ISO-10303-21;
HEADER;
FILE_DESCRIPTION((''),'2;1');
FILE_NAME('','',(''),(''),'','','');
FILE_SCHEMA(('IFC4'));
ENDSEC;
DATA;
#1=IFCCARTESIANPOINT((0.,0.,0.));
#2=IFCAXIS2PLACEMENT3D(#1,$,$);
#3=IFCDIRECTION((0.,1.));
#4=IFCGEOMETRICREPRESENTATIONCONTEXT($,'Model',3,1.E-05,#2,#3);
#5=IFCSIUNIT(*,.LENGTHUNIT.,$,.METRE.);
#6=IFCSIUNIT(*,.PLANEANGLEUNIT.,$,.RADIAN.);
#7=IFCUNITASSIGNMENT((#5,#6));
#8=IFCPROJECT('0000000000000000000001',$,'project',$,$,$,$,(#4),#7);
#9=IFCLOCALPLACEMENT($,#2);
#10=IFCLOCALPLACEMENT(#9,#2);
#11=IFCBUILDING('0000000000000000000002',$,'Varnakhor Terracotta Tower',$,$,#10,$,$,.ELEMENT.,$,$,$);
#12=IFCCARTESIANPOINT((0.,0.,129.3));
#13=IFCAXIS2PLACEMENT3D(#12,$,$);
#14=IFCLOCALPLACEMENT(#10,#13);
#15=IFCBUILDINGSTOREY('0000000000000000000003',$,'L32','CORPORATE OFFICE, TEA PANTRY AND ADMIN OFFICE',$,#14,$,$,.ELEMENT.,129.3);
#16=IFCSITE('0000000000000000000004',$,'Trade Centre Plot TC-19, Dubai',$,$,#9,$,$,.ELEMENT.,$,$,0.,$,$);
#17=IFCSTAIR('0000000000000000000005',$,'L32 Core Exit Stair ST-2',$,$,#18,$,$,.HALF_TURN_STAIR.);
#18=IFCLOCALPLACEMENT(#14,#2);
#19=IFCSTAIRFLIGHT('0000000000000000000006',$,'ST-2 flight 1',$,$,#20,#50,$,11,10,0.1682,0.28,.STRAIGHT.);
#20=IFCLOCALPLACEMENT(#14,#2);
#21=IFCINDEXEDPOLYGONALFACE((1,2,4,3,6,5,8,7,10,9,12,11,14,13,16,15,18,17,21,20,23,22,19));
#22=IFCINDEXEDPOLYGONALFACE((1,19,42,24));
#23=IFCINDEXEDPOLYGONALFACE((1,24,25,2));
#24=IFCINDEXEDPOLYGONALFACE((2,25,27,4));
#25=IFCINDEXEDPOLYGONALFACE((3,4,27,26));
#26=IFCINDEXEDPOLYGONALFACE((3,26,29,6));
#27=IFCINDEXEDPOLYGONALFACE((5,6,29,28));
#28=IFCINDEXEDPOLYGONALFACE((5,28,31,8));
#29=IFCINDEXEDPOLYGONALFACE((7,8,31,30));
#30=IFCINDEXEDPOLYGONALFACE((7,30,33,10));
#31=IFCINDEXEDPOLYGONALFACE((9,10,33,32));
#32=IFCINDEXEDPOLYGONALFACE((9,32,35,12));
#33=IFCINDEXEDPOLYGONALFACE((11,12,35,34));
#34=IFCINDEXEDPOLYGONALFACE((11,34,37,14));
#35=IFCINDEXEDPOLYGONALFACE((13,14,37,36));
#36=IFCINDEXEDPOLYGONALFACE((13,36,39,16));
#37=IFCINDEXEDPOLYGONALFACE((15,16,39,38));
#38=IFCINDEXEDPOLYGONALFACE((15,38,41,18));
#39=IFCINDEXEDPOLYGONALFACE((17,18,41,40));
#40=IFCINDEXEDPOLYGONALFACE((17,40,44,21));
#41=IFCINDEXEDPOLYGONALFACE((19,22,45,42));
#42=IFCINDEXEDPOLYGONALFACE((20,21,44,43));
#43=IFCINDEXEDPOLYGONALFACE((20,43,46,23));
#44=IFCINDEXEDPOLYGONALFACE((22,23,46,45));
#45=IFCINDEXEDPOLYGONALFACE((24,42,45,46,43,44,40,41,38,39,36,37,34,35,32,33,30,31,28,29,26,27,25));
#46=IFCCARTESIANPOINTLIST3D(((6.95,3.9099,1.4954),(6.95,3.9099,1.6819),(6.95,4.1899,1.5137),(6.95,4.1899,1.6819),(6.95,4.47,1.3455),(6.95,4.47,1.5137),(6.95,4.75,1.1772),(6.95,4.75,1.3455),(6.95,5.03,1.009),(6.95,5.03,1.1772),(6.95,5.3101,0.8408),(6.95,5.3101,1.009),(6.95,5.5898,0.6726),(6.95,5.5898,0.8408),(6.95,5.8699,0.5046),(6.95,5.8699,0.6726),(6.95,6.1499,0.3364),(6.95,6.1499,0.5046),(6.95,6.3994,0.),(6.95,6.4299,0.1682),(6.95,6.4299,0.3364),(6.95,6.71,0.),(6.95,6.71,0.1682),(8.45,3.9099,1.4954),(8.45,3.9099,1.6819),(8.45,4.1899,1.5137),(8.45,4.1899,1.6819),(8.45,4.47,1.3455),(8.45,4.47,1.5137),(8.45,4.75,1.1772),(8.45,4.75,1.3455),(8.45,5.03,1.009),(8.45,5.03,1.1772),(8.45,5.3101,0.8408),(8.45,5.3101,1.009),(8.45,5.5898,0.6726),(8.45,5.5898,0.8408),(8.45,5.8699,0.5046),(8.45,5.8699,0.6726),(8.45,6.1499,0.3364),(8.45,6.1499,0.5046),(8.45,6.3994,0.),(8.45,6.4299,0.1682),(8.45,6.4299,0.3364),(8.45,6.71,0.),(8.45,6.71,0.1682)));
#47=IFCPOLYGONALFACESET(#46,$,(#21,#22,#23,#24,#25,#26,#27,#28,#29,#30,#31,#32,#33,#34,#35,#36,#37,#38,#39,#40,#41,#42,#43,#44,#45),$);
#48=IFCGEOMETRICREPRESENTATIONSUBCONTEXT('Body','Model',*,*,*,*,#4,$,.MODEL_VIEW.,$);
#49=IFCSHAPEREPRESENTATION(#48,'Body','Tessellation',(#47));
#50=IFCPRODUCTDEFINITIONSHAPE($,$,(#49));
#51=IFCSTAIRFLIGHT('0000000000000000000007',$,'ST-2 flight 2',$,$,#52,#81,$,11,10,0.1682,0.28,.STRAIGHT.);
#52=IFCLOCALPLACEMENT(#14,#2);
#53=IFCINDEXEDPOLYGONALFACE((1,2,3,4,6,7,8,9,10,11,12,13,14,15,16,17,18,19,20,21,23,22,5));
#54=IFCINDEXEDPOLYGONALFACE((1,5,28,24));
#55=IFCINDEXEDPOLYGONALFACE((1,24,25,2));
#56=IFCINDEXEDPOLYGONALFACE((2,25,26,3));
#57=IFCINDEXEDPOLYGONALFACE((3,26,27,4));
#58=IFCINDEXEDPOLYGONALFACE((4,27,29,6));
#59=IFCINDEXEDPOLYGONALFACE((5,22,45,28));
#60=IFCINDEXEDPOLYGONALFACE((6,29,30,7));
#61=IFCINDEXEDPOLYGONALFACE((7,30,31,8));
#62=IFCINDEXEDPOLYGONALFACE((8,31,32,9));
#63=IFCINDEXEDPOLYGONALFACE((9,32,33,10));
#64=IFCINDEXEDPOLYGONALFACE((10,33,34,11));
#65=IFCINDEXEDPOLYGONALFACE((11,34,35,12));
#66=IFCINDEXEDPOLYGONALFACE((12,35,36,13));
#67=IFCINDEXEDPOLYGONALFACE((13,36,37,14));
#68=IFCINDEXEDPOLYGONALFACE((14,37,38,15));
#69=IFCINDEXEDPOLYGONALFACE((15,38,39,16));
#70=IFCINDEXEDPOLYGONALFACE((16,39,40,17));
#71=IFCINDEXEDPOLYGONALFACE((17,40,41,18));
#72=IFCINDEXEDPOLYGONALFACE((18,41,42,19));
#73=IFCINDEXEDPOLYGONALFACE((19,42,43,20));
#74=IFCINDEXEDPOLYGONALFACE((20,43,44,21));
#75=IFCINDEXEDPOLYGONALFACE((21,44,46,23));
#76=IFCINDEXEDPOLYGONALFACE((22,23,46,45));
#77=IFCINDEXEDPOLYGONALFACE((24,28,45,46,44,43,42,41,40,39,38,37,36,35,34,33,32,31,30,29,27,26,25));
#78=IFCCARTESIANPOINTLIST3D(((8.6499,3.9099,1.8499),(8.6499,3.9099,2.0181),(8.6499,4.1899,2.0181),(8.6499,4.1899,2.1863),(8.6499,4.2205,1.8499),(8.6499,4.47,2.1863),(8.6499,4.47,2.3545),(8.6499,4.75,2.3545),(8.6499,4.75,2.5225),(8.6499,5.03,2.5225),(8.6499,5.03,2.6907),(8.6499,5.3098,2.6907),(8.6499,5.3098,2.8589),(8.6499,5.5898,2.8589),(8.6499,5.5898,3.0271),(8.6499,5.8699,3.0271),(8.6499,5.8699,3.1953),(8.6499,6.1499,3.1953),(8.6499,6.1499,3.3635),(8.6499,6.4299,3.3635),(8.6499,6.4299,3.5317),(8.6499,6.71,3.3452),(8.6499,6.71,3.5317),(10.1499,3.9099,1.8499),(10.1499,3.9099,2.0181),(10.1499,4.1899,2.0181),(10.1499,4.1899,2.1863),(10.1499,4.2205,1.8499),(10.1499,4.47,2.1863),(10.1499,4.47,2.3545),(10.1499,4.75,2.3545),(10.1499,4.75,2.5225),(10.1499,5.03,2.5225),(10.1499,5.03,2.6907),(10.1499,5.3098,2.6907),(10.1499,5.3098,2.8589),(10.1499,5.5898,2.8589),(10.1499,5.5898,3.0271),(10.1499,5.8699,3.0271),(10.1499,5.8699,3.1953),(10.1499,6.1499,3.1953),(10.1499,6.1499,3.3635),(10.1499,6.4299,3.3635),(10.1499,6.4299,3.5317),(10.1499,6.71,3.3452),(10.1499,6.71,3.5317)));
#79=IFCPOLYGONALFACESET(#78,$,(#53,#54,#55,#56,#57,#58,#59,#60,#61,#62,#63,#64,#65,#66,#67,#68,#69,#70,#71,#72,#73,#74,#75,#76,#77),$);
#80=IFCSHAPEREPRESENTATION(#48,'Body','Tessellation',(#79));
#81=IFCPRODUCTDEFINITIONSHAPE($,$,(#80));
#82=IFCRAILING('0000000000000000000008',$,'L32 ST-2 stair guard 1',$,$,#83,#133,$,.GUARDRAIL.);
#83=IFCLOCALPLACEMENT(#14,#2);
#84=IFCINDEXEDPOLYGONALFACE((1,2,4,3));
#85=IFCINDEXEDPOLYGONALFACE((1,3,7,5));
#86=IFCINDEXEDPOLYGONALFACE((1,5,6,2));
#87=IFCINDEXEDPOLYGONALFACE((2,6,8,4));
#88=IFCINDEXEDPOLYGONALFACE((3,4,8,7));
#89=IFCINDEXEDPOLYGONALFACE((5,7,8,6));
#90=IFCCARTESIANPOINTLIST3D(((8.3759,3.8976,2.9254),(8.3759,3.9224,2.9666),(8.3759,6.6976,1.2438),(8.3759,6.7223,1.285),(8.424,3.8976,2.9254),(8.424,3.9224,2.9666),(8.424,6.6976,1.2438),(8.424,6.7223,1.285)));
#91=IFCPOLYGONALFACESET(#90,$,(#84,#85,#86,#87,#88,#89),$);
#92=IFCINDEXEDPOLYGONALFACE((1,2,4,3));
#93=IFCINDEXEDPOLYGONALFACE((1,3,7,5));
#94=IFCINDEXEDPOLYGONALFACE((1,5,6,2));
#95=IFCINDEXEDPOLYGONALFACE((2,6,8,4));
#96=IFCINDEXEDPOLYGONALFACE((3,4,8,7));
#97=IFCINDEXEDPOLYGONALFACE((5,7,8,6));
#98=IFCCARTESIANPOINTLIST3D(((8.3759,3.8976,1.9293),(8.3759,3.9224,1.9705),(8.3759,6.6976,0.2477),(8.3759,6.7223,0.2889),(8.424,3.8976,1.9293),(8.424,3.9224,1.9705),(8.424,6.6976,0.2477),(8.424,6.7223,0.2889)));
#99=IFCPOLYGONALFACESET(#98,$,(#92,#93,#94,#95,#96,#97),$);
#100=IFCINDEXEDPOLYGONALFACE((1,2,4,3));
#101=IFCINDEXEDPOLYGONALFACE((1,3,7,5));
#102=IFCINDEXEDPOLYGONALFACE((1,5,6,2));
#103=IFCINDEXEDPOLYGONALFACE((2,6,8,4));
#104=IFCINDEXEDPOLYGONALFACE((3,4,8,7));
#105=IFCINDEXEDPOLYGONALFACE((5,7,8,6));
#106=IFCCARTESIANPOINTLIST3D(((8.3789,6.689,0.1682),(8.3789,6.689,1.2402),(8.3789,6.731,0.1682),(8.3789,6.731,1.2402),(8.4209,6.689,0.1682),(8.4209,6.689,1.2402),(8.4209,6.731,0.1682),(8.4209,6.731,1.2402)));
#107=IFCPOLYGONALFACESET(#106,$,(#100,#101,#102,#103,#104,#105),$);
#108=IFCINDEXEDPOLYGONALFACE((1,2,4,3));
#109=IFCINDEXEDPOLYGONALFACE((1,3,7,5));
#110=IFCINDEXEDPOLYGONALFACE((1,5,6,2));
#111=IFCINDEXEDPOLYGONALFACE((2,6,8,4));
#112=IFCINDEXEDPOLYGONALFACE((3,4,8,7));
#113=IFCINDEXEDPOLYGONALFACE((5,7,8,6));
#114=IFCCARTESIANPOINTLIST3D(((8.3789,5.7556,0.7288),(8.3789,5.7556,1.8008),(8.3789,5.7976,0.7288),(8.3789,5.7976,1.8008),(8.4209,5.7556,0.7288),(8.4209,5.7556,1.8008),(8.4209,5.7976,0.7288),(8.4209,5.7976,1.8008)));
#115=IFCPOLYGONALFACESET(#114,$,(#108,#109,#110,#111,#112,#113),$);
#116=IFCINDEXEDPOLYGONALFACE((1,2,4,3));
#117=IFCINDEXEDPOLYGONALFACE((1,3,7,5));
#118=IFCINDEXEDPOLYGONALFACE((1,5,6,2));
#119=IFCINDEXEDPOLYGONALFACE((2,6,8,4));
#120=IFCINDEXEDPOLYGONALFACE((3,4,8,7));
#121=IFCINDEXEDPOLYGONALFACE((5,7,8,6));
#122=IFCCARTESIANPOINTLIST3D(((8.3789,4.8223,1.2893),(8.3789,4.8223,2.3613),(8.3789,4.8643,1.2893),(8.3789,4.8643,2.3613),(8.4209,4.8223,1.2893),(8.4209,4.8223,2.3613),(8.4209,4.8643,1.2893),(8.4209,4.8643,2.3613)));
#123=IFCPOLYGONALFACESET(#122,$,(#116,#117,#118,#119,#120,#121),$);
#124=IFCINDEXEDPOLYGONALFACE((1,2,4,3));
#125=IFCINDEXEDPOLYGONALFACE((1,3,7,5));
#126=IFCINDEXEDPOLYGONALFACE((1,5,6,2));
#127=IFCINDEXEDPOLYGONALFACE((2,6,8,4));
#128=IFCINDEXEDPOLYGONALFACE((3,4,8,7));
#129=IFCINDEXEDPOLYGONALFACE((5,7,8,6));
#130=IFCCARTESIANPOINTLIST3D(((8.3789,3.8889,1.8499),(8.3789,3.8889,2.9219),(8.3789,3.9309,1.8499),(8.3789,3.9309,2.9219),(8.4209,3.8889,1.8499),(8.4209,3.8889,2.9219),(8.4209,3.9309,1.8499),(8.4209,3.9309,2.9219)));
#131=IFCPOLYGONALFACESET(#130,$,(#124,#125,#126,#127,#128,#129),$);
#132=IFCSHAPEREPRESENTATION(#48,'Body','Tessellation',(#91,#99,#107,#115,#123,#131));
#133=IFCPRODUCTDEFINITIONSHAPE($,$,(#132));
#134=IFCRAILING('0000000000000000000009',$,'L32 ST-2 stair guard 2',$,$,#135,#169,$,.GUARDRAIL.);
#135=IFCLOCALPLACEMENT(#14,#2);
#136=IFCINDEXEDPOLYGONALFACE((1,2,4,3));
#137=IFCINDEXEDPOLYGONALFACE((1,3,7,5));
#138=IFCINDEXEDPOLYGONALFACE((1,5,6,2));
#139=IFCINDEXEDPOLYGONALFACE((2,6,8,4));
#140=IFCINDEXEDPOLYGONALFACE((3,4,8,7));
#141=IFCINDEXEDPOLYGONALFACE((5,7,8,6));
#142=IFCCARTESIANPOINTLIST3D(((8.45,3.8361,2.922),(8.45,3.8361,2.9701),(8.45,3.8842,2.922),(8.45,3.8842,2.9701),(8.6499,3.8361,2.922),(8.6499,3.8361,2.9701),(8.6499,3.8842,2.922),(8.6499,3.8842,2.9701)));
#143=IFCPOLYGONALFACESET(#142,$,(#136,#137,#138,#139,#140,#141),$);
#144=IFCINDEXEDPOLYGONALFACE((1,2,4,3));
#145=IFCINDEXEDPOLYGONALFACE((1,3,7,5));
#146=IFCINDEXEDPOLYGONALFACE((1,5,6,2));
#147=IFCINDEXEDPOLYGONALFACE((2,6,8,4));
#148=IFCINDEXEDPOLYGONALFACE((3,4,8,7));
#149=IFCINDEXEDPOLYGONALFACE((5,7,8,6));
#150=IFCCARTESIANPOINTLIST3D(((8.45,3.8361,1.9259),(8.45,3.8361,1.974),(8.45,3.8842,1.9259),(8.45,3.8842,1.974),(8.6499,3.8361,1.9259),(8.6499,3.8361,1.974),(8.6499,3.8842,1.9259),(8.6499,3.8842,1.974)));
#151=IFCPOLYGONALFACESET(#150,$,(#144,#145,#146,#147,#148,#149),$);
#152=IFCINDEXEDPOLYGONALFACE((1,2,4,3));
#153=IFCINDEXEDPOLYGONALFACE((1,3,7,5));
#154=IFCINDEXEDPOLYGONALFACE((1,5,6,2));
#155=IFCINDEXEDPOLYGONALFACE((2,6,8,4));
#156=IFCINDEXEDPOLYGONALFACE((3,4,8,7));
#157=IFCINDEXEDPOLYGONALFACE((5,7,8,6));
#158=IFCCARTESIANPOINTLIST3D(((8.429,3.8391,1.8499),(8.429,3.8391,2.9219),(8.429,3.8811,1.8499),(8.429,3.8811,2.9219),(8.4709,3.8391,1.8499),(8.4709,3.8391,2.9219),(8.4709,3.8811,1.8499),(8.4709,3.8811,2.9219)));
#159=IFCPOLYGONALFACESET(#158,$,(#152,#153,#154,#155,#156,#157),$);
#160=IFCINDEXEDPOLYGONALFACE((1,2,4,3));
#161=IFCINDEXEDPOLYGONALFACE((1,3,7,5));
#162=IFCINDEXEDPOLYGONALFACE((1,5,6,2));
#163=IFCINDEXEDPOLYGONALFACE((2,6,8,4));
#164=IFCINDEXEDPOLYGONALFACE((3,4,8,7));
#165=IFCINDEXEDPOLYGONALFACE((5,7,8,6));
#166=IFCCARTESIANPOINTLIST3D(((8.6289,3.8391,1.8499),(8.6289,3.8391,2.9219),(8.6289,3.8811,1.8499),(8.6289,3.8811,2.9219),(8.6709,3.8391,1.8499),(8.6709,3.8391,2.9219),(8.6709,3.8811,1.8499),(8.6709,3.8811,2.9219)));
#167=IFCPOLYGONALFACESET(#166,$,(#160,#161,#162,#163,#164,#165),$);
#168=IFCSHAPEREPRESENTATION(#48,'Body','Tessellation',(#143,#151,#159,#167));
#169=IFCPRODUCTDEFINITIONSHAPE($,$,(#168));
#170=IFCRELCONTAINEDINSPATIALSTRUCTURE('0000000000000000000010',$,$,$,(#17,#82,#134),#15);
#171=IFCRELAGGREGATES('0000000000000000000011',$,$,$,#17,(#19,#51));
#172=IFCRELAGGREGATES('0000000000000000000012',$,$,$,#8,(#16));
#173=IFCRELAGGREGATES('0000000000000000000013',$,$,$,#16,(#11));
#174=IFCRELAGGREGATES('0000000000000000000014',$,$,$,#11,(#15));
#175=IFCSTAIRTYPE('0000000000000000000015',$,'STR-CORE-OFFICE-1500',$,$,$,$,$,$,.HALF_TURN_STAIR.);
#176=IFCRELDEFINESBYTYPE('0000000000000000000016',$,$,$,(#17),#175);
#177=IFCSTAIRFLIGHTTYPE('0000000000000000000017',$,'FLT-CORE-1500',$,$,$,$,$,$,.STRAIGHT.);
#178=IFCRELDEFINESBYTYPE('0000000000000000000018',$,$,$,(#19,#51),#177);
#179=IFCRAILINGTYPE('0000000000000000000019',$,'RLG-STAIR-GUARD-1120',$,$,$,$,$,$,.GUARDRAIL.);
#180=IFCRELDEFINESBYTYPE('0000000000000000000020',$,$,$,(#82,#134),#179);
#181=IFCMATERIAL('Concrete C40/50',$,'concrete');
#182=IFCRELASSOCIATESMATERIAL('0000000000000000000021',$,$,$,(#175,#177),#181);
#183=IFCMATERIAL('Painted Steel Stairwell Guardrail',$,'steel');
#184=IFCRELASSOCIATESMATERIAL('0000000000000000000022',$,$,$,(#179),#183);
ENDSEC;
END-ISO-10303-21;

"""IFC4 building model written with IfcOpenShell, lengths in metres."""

from ifc_helpers import new_model, si_unit, direction, frame, origin, origin_2d, place, context, subcontext, project, spatial, polyline, rectangle, outline, extrude, material, type_object, element, aggregate, save


model = new_model("IFC4")

# Units and contexts
model_context = context("Model", 3, precision=1e-05, world=origin(), true_north=direction((0.0, 1.0)))
body_context = subcontext(model_context, "Body", "Model", "MODEL_VIEW")
ifc_project = project(units=[si_unit("LENGTHUNIT", "METRE"), si_unit("PLANEANGLEUNIT", "RADIAN")], contexts=[model_context])

# Site, building, storey
site_placement = place(None, origin())
site = spatial("IfcSite", under=ifc_project, at=site_placement, Name="Trade Centre Plot TC-19, Dubai", CompositionType="ELEMENT", RefElevation=0.0)
building_placement = place(site_placement, origin())
building = spatial("IfcBuilding", under=site, at=building_placement, Name="Varnakhor Terracotta Tower", CompositionType="ELEMENT")
storey_placement = place(building_placement, frame((0.0, 0.0, 129.3)))
storey = spatial("IfcBuildingStorey", under=building, at=storey_placement, Name="L32", Description="CORPORATE OFFICE, TEA PANTRY AND ADMIN OFFICE", CompositionType="ELEMENT", Elevation=129.3)

# Stair
ifc_material_1 = material(Name="Concrete C40/50", Category="concrete")
stair_type = type_object("IfcStairType", Name="STR-CORE-OFFICE-1500", PredefinedType="HALF_TURN_STAIR", material=ifc_material_1)
stair_1_placement = place(storey_placement, origin())
stair_1 = element("IfcStair", 1, at=stair_1_placement, inside=storey, type_object=stair_type, Name="L32 Core Exit Stair ST-2", PredefinedType="HALF_TURN_STAIR")

# Stair flights
stair_flight_type = type_object("IfcStairFlightType", Name="FLT-CORE-1500", PredefinedType="STRAIGHT", material=ifc_material_1)
stair_flight_1_placement = place(storey_placement, frame((7.7, 6.71, 0.0), z_axis=(0.0, 0.0, 1.0), x_axis=(0.0, -1.0, 0.0)))
stair_flight_1 = element("IfcStairFlight", 2, at=stair_flight_1_placement, type_object=stair_flight_type, Name="ST-2 flight 1", NumberOfRisers=11, NumberOfTreads=10, PredefinedType="STRAIGHT", RiserHeight=0.1682, TreadLength=0.28, context=body_context, shape_type="SweptSolid", body=[
    extrude(outline(polyline([(0.0, 0.0), (0.0, 0.1682), (0.28, 0.1682), (0.28, 0.3364), (0.5601, 0.3364), (0.5601, 0.5046), (0.8401, 0.5046), (0.8401, 0.6726), (1.1201, 0.6726), (1.1201, 0.8408), (1.3999, 0.8408), (1.3999, 1.009), (1.6799, 1.009), (1.6799, 1.1772), (1.96, 1.1772), (1.96, 1.3455), (2.24, 1.3455), (2.24, 1.5137), (2.52, 1.5137), (2.52, 1.6819), (2.8, 1.6819), (2.8, 1.8501), (2.8, 1.4954), (0.3105, 0.0), (0.0, 0.0)])), frame((0.0, 0.75, 0.0), z_axis=(0.0, -1.0, 0.0), x_axis=(1.0, 0.0, 0.0)), (0.0, 0.0, 1.0), 1.5),
])
stair_flight_2_placement = place(storey_placement, frame((9.3999, 3.9099, 1.8499), z_axis=(0.0, 0.0, 1.0), x_axis=(0.0, 1.0, 0.0)))
stair_flight_2 = element("IfcStairFlight", 3, at=stair_flight_2_placement, type_object=stair_flight_type, Name="ST-2 flight 2", NumberOfRisers=11, NumberOfTreads=10, PredefinedType="STRAIGHT", RiserHeight=0.1682, TreadLength=0.28, context=body_context, shape_type="SweptSolid", body=[
    extrude(outline(polyline([(0.0, 0.0), (0.0, 0.1682), (0.28, 0.1682), (0.28, 0.3364), (0.5601, 0.3364), (0.5601, 0.5046), (0.8401, 0.5046), (0.8401, 0.6726), (1.1201, 0.6726), (1.1201, 0.8408), (1.3999, 0.8408), (1.3999, 1.009), (1.6799, 1.009), (1.6799, 1.1772), (1.96, 1.1772), (1.96, 1.3455), (2.24, 1.3455), (2.24, 1.5137), (2.52, 1.5137), (2.52, 1.6819), (2.8, 1.6819), (2.8, 1.8501), (2.8, 1.4954), (0.3105, 0.0), (0.0, 0.0)])), frame((0.0, 0.75, 0.0), z_axis=(0.0, -1.0, 0.0), x_axis=(1.0, 0.0, 0.0)), (0.0, 0.0, 1.0), 1.5),
])
aggregate(stair_1, [stair_flight_1, stair_flight_2])

# Railings
ifc_material_2 = material(Name="Painted Steel Stairwell Guardrail", Category="steel")
railing_type_1 = type_object("IfcRailingType", Name="RLG-STAIR-GUARD-1120", PredefinedType="GUARDRAIL", material=ifc_material_2)
railing_1_placement = place(storey_placement, frame((8.3999, 6.71, 0.1682)))
element("IfcRailing", 4, at=railing_1_placement, inside=storey, type_object=railing_type_1, Name="L32 ST-2 stair guard 1", PredefinedType="GUARDRAIL", context=body_context, shape_type="SweptSolid", body=[
    extrude(rectangle(XDim=0.0481, YDim=0.0481, at=origin_2d()), frame((0.0, 0.0, 1.0962), z_axis=(0.0, -0.857275, 0.514858), x_axis=(1.0, 0.0, 0.0)), (0.0, 0.0, 1.0), 3.2661),
    extrude(rectangle(XDim=0.0481, YDim=0.0481, at=origin_2d()), frame((0.0, 0.0, 0.1001), z_axis=(0.0, -0.857275, 0.514858), x_axis=(1.0, 0.0, 0.0)), (0.0, 0.0, 1.0), 3.2661),
    extrude(rectangle(XDim=0.042, YDim=0.042, at=origin_2d()), origin(), (0.0, 0.0, 1.0), 1.072),
    extrude(rectangle(XDim=0.042, YDim=0.042, at=origin_2d()), frame((0.0, -0.9333, 0.5605)), (0.0, 0.0, 1.0), 1.072),
    extrude(rectangle(XDim=0.042, YDim=0.042, at=origin_2d()), frame((0.0, -1.8667, 1.1211)), (0.0, 0.0, 1.0), 1.072),
    extrude(rectangle(XDim=0.042, YDim=0.042, at=origin_2d()), frame((0.0, -2.8, 1.6816)), (0.0, 0.0, 1.0), 1.072),
])
railing_2_placement = place(storey_placement, frame((8.45, 3.8601, 1.8499)))
element("IfcRailing", 5, at=railing_2_placement, inside=storey, type_object=railing_type_1, Name="L32 ST-2 stair guard 2", PredefinedType="GUARDRAIL", context=body_context, shape_type="SweptSolid", body=[
    extrude(rectangle(XDim=0.0481, YDim=0.0481, at=origin_2d()), frame((0.0, 0.0, 1.0962), z_axis=(1.0, 0.0, 0.0), x_axis=(0.0, 1.0, 0.0)), (0.0, 0.0, 1.0), 0.2),
    extrude(rectangle(XDim=0.0481, YDim=0.0481, at=origin_2d()), frame((0.0, 0.0, 0.1001), z_axis=(1.0, 0.0, 0.0), x_axis=(0.0, 1.0, 0.0)), (0.0, 0.0, 1.0), 0.2),
    extrude(rectangle(XDim=0.042, YDim=0.042, at=origin_2d()), origin(), (0.0, 0.0, 1.0), 1.072),
    extrude(rectangle(XDim=0.042, YDim=0.042, at=origin_2d()), frame((0.2, 0.0, 0.0)), (0.0, 0.0, 1.0), 1.072),
])

save(model, "model.ifc")
